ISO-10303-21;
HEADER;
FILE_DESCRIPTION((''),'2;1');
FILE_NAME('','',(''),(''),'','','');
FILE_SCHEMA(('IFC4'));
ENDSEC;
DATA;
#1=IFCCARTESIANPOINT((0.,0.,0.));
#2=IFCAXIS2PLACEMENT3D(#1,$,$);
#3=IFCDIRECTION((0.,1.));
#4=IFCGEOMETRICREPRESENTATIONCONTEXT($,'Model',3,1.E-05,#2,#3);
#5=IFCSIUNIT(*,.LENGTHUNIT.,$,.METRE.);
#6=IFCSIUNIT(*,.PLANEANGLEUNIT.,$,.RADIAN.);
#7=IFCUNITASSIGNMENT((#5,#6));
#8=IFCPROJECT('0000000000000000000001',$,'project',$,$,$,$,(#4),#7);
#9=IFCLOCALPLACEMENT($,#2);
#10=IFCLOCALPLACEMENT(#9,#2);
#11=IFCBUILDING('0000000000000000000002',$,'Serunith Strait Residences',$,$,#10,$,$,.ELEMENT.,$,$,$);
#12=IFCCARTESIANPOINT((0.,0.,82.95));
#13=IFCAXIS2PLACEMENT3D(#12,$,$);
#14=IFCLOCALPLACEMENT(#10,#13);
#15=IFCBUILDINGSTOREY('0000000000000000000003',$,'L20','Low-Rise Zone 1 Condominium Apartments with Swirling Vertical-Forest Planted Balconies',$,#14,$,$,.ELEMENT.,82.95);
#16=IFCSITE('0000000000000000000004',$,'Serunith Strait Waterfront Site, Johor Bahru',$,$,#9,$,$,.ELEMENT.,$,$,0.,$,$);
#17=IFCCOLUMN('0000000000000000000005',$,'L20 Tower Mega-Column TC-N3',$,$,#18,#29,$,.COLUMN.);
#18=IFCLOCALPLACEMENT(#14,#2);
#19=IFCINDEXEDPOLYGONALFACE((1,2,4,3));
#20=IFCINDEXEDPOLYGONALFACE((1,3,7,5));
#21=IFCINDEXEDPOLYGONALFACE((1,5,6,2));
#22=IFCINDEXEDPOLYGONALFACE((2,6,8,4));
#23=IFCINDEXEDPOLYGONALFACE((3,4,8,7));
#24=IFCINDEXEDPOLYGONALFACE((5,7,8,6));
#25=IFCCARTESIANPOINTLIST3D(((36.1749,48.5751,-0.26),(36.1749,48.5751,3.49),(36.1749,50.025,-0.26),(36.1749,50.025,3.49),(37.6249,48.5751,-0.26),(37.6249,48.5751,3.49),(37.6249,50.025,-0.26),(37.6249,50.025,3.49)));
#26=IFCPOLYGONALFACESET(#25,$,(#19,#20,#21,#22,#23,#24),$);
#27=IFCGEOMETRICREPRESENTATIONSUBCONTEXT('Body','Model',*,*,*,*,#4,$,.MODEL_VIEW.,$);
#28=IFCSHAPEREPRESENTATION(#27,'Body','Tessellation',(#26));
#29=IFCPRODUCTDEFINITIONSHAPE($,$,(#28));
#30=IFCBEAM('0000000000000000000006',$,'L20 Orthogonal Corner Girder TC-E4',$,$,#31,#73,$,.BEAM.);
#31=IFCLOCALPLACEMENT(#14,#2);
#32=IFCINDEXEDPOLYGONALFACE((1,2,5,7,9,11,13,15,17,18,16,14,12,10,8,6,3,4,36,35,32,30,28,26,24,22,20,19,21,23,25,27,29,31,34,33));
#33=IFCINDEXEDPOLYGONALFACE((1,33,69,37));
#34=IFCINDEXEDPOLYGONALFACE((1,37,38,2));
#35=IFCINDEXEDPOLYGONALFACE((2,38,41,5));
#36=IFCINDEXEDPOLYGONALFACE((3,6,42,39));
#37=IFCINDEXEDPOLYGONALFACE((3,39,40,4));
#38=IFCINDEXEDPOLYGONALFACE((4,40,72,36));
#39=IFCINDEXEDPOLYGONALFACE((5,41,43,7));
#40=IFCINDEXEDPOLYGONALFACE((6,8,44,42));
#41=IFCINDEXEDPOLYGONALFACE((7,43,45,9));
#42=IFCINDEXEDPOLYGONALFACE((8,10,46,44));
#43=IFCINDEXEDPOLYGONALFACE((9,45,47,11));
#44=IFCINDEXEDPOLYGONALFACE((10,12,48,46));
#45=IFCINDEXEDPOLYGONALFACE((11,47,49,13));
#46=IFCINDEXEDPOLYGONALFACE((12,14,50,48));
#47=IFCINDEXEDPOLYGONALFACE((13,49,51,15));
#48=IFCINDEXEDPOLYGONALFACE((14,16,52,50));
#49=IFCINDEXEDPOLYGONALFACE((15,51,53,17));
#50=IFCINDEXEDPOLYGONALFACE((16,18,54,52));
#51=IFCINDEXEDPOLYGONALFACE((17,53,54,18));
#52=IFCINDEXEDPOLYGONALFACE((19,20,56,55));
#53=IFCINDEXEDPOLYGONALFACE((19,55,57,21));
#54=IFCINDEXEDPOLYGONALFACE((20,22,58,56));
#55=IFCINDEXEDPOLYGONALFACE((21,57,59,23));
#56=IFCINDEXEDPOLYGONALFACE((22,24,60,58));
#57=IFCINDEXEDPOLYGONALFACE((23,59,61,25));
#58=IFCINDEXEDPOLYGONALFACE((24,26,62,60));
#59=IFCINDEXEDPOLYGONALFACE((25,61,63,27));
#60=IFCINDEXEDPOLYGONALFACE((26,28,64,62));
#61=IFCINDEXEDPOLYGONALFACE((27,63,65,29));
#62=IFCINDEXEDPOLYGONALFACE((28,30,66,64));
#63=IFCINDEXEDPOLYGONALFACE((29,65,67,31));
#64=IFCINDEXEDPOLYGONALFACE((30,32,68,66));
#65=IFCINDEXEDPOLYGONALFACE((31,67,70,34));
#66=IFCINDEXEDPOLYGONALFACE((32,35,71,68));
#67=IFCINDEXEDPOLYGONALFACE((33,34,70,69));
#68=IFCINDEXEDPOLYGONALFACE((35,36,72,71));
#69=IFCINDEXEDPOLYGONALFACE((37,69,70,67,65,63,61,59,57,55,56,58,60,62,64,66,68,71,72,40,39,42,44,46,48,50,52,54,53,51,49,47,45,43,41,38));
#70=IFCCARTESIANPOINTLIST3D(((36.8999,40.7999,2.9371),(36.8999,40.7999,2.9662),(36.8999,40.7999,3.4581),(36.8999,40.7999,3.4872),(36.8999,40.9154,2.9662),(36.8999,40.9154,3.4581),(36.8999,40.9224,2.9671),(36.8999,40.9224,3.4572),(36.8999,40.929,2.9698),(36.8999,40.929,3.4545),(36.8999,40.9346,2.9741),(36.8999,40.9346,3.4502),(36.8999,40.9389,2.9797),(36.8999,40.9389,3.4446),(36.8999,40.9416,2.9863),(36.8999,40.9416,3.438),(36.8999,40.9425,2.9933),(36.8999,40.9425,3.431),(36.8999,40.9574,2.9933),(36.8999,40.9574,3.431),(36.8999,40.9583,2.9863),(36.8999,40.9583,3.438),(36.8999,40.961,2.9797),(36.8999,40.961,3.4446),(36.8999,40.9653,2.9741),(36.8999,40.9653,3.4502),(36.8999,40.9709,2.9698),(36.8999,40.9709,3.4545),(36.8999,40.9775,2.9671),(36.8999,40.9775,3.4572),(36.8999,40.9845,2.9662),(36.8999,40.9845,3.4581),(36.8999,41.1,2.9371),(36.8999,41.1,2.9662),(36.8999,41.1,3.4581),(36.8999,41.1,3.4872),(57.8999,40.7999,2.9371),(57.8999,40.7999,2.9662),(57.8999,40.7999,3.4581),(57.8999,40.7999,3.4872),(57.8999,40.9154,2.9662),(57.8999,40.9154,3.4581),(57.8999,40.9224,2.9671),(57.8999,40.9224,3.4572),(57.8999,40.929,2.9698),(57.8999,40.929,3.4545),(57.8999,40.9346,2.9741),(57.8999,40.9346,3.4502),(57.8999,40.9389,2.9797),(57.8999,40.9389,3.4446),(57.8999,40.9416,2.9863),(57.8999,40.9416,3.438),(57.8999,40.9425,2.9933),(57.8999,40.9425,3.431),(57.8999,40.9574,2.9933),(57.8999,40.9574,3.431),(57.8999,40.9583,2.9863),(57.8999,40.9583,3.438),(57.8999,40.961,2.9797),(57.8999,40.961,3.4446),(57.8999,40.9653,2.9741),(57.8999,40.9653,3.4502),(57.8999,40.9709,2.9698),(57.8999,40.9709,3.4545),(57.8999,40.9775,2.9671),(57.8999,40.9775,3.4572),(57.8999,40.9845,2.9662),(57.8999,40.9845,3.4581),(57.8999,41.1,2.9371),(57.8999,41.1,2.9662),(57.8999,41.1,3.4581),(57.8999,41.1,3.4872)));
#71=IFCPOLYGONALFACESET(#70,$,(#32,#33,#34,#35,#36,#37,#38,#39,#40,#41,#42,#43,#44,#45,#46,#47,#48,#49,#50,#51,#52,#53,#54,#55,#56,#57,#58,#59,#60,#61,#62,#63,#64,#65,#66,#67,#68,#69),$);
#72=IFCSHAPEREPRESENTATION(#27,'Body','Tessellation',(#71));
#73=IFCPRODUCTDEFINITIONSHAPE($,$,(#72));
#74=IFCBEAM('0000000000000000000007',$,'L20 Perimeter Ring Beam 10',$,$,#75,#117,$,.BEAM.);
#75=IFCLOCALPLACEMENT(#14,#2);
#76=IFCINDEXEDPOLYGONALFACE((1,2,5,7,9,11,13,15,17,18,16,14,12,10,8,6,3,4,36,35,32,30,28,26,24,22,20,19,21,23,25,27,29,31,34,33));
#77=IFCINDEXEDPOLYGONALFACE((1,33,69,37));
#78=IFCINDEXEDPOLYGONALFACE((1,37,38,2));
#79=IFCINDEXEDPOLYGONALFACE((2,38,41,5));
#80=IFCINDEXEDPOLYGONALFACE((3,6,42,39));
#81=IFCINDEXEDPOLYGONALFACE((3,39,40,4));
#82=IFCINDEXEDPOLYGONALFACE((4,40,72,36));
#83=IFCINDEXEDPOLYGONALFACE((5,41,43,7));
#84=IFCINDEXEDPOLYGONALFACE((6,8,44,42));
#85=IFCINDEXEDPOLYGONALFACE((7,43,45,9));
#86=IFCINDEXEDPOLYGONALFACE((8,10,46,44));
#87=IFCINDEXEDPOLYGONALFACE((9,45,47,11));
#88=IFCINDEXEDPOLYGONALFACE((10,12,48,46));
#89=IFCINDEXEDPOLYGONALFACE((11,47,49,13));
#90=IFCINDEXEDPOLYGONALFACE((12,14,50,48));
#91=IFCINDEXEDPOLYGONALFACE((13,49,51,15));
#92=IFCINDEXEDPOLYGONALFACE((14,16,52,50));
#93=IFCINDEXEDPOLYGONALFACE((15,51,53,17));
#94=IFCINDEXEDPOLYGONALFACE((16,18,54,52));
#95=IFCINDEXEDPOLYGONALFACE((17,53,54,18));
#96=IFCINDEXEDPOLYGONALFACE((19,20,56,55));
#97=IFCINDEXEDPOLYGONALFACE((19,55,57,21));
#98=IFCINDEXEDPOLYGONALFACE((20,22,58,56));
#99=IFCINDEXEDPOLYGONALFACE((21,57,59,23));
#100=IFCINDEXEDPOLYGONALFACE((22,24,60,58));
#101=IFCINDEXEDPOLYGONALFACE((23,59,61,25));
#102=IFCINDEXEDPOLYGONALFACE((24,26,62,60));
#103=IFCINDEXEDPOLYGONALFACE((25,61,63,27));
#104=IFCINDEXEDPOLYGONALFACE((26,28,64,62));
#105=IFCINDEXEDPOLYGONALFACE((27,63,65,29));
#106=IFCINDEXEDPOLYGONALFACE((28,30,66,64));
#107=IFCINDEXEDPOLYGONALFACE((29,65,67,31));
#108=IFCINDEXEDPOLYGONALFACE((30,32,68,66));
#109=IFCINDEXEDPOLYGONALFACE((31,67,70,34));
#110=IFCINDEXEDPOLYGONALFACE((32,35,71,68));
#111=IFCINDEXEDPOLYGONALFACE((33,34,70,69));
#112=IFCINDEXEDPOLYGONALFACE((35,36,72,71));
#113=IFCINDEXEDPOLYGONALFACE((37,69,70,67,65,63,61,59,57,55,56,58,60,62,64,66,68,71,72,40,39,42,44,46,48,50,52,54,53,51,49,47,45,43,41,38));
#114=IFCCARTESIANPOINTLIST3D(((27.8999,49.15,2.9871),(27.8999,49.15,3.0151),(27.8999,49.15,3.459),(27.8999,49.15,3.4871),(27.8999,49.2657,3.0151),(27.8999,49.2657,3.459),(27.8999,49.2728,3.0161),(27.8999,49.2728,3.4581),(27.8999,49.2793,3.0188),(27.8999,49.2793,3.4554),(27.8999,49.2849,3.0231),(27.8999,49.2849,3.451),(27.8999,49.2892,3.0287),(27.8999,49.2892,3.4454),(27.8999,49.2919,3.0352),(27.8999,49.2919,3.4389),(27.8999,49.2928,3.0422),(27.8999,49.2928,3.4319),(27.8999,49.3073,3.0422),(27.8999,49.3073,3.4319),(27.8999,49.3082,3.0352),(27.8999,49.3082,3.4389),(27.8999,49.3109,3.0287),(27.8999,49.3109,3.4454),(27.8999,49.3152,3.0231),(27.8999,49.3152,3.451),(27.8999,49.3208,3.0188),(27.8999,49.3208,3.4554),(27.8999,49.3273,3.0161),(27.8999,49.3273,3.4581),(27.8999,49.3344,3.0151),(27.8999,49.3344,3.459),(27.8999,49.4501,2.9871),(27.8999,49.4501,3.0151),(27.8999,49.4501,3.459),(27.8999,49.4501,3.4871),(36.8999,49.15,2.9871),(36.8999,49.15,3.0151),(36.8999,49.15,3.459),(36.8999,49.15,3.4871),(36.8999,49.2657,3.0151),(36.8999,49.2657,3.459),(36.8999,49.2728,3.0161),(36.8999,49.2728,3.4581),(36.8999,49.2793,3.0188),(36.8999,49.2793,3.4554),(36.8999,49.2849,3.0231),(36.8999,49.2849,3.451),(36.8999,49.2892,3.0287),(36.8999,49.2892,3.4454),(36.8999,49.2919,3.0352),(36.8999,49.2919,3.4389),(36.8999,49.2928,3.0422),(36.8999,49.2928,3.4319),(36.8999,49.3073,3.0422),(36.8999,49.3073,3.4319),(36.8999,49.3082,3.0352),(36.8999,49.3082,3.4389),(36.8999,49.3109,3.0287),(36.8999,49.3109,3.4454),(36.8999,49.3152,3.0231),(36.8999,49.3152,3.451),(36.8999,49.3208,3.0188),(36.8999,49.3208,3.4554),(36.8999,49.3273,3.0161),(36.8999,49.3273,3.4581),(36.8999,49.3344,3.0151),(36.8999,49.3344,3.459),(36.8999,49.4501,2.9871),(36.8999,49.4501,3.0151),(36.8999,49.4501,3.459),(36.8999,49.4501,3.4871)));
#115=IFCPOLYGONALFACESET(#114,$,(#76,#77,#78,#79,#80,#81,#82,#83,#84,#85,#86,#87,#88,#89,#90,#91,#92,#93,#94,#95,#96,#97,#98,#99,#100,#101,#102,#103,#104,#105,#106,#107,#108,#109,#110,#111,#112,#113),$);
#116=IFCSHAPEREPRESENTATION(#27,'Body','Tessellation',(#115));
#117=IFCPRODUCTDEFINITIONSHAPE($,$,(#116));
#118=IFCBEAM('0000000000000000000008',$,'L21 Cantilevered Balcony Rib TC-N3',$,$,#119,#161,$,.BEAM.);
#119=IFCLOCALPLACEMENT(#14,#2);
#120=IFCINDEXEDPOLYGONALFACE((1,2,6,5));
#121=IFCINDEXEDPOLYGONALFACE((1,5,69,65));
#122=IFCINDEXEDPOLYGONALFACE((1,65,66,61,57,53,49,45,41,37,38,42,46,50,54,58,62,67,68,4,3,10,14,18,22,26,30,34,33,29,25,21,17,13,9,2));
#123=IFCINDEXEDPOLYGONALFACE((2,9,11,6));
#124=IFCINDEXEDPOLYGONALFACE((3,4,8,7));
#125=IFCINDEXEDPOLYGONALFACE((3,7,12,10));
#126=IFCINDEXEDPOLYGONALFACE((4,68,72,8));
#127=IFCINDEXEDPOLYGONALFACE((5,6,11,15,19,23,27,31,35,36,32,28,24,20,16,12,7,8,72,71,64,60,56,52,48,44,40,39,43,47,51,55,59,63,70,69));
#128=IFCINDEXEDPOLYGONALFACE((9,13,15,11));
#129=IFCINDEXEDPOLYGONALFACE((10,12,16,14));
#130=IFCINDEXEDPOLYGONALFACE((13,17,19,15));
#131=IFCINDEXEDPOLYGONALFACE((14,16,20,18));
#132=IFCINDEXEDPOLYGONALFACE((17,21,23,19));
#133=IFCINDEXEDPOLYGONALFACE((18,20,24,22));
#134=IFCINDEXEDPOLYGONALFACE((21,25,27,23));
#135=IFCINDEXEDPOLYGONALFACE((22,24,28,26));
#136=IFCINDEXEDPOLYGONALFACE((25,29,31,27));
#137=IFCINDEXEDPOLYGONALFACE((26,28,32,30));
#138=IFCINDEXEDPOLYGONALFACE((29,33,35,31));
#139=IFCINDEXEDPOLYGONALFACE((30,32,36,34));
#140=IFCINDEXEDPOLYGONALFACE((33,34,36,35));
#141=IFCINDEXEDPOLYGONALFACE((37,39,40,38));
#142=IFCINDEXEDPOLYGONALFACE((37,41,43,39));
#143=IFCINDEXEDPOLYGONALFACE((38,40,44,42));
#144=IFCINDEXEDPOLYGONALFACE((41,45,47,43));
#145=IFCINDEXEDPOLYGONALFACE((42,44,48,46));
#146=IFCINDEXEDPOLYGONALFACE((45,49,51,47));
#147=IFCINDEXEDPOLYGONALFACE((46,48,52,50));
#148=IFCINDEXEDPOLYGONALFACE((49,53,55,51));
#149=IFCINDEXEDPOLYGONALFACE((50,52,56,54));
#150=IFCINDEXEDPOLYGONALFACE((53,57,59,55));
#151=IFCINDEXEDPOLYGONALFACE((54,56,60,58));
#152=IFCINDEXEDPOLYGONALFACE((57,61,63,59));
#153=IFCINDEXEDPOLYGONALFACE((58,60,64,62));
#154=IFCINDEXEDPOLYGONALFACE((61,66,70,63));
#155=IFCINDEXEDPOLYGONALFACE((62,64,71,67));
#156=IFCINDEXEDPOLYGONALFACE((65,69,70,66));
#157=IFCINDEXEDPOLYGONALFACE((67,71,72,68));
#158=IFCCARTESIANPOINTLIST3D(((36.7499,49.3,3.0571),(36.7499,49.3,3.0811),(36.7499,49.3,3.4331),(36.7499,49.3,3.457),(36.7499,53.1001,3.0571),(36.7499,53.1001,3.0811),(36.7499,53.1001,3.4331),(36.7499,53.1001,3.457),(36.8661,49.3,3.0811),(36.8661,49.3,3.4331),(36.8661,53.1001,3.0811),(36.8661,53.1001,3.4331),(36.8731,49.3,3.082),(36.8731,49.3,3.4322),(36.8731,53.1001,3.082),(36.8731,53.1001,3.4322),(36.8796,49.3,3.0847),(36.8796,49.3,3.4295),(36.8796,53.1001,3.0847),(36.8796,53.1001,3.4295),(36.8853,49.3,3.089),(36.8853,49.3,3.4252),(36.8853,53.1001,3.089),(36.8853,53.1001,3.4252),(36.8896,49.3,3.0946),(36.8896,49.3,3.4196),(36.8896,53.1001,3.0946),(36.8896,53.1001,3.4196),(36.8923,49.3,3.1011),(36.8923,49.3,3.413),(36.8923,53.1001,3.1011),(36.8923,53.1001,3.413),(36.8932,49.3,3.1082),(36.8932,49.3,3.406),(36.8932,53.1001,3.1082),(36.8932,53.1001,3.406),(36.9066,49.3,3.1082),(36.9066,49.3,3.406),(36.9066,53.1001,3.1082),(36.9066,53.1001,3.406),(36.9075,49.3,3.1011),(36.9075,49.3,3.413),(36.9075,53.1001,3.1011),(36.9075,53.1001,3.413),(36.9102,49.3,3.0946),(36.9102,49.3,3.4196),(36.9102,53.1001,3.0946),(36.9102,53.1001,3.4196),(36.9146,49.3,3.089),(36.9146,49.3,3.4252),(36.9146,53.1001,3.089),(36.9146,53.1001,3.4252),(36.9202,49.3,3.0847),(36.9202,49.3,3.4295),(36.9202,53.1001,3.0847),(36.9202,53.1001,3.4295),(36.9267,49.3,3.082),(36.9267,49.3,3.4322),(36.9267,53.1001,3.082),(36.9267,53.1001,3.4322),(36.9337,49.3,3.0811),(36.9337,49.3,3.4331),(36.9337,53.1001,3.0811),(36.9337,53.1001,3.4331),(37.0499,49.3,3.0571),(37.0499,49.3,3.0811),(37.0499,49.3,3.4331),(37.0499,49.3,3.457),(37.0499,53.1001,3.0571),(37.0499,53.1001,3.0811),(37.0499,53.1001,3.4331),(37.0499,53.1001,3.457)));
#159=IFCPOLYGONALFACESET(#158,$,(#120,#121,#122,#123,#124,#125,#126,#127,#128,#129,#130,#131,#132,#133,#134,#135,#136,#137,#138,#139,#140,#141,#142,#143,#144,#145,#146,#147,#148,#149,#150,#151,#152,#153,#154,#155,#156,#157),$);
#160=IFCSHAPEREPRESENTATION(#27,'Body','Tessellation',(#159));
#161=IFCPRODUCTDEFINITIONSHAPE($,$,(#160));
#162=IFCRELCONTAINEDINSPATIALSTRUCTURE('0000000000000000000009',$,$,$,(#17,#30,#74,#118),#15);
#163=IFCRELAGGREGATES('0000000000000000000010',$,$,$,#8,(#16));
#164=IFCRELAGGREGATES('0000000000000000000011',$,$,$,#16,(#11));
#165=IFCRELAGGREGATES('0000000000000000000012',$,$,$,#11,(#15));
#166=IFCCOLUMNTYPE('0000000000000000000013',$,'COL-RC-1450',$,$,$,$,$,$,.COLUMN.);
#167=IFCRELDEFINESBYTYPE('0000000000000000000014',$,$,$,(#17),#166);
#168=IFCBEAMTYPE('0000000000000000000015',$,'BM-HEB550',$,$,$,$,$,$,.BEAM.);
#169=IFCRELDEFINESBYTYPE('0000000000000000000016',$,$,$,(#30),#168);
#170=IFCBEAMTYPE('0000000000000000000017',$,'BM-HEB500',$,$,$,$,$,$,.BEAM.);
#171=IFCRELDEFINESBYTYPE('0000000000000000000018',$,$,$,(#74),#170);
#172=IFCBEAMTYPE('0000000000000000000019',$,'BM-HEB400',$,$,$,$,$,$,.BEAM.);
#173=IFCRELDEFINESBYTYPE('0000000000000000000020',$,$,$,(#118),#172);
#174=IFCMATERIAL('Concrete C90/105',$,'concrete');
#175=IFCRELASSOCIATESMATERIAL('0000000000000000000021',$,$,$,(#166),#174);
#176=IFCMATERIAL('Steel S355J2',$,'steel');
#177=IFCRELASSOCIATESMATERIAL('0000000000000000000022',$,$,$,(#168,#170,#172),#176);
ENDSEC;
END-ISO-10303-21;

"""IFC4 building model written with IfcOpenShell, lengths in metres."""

from ifc_helpers import new_model, si_unit, direction, frame, origin, origin_2d, place, context, subcontext, project, spatial, rectangle, i_section, extrude, source, transform, mapped, material, material_profile, profile_set, type_object, element, save


model = new_model("IFC4")

# Units and contexts
model_context = context("Model", 3, precision=1e-05, world=origin(), true_north=direction((0.0, 1.0)))
body_context = subcontext(model_context, "Body", "Model", "MODEL_VIEW")
ifc_project = project(units=[si_unit("LENGTHUNIT", "METRE"), si_unit("PLANEANGLEUNIT", "RADIAN")], contexts=[model_context])

# Site, building, storey
site_placement = place(None, origin())
site = spatial("IfcSite", under=ifc_project, at=site_placement, Name="Serunith Strait Waterfront Site, Johor Bahru", CompositionType="ELEMENT", RefElevation=0.0)
building_placement = place(site_placement, origin())
building = spatial("IfcBuilding", under=site, at=building_placement, Name="Serunith Strait Residences", CompositionType="ELEMENT")
storey_placement = place(building_placement, frame((0.0, 0.0, 82.95)))
storey = spatial("IfcBuildingStorey", under=building, at=storey_placement, Name="L20", Description="Low-Rise Zone 1 Condominium Apartments with Swirling Vertical-Forest Planted Balconies", CompositionType="ELEMENT", Elevation=82.95)

# Column
ifc_material_1 = material(Name="Concrete C90/105", Category="concrete")
ifc_material_profile_1 = material_profile(ifc_material_1, rectangle(XDim=1.45, YDim=1.45, at=origin_2d()), Name="RC 1450x1450")
ifc_profile_set_1 = profile_set([ifc_material_profile_1], Name="Concrete C90/105")
column_type = type_object("IfcColumnType", Name="COL-RC-1450", PredefinedType="COLUMN", material=ifc_profile_set_1)
shared_shape_1 = source(origin(), body_context, "Body", "SweptSolid", [
    extrude(rectangle(XDim=1.45, YDim=1.45, at=origin_2d()), origin(), (0.0, 0.0, 1.0), 3.75),
])
column_placement = place(storey_placement, frame((36.8999, 49.3, -0.26), z_axis=(0.0, 0.0, 1.0), x_axis=(1.0, 0.0, 0.0)))
element("IfcColumn", 1, at=column_placement, inside=storey, type_object=column_type, Name="L20 Tower Mega-Column TC-N3", PredefinedType="COLUMN", context=body_context, shape_type="MappedRepresentation", body=[
    mapped(shared_shape_1, transform((0.0, 0.0, 0.0), scale=1.0)),
])

# Beams
ifc_material_2 = material(Name="Steel S355J2", Category="steel")
ifc_material_profile_2 = material_profile(ifc_material_2, i_section(OverallWidth=0.3, OverallDepth=0.55, WebThickness=0.0149, FlangeThickness=0.0291, FilletRadius=0.0271, at=origin_2d()), Name="HEB 550")
ifc_profile_set_2 = profile_set([ifc_material_profile_2], Name="Steel S355J2")
beam_type_1 = type_object("IfcBeamType", Name="BM-HEB550", PredefinedType="BEAM", material=ifc_profile_set_2)
shared_shape_2 = source(origin(), body_context, "Body", "SweptSolid", [
    extrude(i_section(OverallWidth=0.3, OverallDepth=0.55, WebThickness=0.0149, FlangeThickness=0.0291, FilletRadius=0.0271, at=origin_2d()), origin(), (0.0, 0.0, 1.0), 21.0),
])
beam_1_placement = place(storey_placement, frame((36.8999, 40.95, 3.2122), z_axis=(1.0, 0.0, 0.0), x_axis=(0.0, 1.0, 0.0)))
element("IfcBeam", 2, at=beam_1_placement, inside=storey, type_object=beam_type_1, Name="L20 Orthogonal Corner Girder TC-E4", PredefinedType="BEAM", context=body_context, shape_type="MappedRepresentation", body=[
    mapped(shared_shape_2, transform((0.0, 0.0, 0.0), scale=1.0)),
])
ifc_material_profile_3 = material_profile(ifc_material_2, i_section(OverallWidth=0.3, OverallDepth=0.5, WebThickness=0.0144, FlangeThickness=0.0281, FilletRadius=0.0271, at=origin_2d()), Name="HEB 500")
ifc_profile_set_3 = profile_set([ifc_material_profile_3], Name="Steel S355J2")
beam_type_2 = type_object("IfcBeamType", Name="BM-HEB500", PredefinedType="BEAM", material=ifc_profile_set_3)
shared_shape_3 = source(origin(), body_context, "Body", "SweptSolid", [
    extrude(i_section(OverallWidth=0.3, OverallDepth=0.5, WebThickness=0.0144, FlangeThickness=0.0281, FilletRadius=0.0271, at=origin_2d()), origin(), (0.0, 0.0, 1.0), 9.0),
])
beam_2_placement = place(storey_placement, frame((36.8999, 49.3, 3.2371), z_axis=(-1.0, 0.0, 0.0), x_axis=(0.0, -1.0, 0.0)))
element("IfcBeam", 3, at=beam_2_placement, inside=storey, type_object=beam_type_2, Name="L20 Perimeter Ring Beam 10", PredefinedType="BEAM", context=body_context, shape_type="MappedRepresentation", body=[
    mapped(shared_shape_3, transform((0.0, 0.0, 0.0), scale=1.0)),
])
ifc_material_profile_4 = material_profile(ifc_material_2, i_section(OverallWidth=0.3, OverallDepth=0.3999, WebThickness=0.0134, FlangeThickness=0.0239, FilletRadius=0.0271, at=origin_2d()), Name="HEB 400")
ifc_profile_set_4 = profile_set([ifc_material_profile_4], Name="Steel S355J2")
beam_type_3 = type_object("IfcBeamType", Name="BM-HEB400", PredefinedType="BEAM", material=ifc_profile_set_4)
shared_shape_4 = source(origin(), body_context, "Body", "SweptSolid", [
    extrude(i_section(OverallWidth=0.3, OverallDepth=0.3999, WebThickness=0.0134, FlangeThickness=0.0239, FilletRadius=0.0271, at=origin_2d()), origin(), (0.0, 0.0, 1.0), 3.8),
])
beam_3_placement = place(storey_placement, frame((36.8999, 49.3, 3.2571), z_axis=(0.0, 1.0, 0.0), x_axis=(-1.0, 0.0, 0.0)))
element("IfcBeam", 4, at=beam_3_placement, inside=storey, type_object=beam_type_3, Name="L21 Cantilevered Balcony Rib TC-N3", PredefinedType="BEAM", context=body_context, shape_type="MappedRepresentation", body=[
    mapped(shared_shape_4, transform((0.0, 0.0, 0.0), scale=1.0)),
])

save(model, "model.ifc")
